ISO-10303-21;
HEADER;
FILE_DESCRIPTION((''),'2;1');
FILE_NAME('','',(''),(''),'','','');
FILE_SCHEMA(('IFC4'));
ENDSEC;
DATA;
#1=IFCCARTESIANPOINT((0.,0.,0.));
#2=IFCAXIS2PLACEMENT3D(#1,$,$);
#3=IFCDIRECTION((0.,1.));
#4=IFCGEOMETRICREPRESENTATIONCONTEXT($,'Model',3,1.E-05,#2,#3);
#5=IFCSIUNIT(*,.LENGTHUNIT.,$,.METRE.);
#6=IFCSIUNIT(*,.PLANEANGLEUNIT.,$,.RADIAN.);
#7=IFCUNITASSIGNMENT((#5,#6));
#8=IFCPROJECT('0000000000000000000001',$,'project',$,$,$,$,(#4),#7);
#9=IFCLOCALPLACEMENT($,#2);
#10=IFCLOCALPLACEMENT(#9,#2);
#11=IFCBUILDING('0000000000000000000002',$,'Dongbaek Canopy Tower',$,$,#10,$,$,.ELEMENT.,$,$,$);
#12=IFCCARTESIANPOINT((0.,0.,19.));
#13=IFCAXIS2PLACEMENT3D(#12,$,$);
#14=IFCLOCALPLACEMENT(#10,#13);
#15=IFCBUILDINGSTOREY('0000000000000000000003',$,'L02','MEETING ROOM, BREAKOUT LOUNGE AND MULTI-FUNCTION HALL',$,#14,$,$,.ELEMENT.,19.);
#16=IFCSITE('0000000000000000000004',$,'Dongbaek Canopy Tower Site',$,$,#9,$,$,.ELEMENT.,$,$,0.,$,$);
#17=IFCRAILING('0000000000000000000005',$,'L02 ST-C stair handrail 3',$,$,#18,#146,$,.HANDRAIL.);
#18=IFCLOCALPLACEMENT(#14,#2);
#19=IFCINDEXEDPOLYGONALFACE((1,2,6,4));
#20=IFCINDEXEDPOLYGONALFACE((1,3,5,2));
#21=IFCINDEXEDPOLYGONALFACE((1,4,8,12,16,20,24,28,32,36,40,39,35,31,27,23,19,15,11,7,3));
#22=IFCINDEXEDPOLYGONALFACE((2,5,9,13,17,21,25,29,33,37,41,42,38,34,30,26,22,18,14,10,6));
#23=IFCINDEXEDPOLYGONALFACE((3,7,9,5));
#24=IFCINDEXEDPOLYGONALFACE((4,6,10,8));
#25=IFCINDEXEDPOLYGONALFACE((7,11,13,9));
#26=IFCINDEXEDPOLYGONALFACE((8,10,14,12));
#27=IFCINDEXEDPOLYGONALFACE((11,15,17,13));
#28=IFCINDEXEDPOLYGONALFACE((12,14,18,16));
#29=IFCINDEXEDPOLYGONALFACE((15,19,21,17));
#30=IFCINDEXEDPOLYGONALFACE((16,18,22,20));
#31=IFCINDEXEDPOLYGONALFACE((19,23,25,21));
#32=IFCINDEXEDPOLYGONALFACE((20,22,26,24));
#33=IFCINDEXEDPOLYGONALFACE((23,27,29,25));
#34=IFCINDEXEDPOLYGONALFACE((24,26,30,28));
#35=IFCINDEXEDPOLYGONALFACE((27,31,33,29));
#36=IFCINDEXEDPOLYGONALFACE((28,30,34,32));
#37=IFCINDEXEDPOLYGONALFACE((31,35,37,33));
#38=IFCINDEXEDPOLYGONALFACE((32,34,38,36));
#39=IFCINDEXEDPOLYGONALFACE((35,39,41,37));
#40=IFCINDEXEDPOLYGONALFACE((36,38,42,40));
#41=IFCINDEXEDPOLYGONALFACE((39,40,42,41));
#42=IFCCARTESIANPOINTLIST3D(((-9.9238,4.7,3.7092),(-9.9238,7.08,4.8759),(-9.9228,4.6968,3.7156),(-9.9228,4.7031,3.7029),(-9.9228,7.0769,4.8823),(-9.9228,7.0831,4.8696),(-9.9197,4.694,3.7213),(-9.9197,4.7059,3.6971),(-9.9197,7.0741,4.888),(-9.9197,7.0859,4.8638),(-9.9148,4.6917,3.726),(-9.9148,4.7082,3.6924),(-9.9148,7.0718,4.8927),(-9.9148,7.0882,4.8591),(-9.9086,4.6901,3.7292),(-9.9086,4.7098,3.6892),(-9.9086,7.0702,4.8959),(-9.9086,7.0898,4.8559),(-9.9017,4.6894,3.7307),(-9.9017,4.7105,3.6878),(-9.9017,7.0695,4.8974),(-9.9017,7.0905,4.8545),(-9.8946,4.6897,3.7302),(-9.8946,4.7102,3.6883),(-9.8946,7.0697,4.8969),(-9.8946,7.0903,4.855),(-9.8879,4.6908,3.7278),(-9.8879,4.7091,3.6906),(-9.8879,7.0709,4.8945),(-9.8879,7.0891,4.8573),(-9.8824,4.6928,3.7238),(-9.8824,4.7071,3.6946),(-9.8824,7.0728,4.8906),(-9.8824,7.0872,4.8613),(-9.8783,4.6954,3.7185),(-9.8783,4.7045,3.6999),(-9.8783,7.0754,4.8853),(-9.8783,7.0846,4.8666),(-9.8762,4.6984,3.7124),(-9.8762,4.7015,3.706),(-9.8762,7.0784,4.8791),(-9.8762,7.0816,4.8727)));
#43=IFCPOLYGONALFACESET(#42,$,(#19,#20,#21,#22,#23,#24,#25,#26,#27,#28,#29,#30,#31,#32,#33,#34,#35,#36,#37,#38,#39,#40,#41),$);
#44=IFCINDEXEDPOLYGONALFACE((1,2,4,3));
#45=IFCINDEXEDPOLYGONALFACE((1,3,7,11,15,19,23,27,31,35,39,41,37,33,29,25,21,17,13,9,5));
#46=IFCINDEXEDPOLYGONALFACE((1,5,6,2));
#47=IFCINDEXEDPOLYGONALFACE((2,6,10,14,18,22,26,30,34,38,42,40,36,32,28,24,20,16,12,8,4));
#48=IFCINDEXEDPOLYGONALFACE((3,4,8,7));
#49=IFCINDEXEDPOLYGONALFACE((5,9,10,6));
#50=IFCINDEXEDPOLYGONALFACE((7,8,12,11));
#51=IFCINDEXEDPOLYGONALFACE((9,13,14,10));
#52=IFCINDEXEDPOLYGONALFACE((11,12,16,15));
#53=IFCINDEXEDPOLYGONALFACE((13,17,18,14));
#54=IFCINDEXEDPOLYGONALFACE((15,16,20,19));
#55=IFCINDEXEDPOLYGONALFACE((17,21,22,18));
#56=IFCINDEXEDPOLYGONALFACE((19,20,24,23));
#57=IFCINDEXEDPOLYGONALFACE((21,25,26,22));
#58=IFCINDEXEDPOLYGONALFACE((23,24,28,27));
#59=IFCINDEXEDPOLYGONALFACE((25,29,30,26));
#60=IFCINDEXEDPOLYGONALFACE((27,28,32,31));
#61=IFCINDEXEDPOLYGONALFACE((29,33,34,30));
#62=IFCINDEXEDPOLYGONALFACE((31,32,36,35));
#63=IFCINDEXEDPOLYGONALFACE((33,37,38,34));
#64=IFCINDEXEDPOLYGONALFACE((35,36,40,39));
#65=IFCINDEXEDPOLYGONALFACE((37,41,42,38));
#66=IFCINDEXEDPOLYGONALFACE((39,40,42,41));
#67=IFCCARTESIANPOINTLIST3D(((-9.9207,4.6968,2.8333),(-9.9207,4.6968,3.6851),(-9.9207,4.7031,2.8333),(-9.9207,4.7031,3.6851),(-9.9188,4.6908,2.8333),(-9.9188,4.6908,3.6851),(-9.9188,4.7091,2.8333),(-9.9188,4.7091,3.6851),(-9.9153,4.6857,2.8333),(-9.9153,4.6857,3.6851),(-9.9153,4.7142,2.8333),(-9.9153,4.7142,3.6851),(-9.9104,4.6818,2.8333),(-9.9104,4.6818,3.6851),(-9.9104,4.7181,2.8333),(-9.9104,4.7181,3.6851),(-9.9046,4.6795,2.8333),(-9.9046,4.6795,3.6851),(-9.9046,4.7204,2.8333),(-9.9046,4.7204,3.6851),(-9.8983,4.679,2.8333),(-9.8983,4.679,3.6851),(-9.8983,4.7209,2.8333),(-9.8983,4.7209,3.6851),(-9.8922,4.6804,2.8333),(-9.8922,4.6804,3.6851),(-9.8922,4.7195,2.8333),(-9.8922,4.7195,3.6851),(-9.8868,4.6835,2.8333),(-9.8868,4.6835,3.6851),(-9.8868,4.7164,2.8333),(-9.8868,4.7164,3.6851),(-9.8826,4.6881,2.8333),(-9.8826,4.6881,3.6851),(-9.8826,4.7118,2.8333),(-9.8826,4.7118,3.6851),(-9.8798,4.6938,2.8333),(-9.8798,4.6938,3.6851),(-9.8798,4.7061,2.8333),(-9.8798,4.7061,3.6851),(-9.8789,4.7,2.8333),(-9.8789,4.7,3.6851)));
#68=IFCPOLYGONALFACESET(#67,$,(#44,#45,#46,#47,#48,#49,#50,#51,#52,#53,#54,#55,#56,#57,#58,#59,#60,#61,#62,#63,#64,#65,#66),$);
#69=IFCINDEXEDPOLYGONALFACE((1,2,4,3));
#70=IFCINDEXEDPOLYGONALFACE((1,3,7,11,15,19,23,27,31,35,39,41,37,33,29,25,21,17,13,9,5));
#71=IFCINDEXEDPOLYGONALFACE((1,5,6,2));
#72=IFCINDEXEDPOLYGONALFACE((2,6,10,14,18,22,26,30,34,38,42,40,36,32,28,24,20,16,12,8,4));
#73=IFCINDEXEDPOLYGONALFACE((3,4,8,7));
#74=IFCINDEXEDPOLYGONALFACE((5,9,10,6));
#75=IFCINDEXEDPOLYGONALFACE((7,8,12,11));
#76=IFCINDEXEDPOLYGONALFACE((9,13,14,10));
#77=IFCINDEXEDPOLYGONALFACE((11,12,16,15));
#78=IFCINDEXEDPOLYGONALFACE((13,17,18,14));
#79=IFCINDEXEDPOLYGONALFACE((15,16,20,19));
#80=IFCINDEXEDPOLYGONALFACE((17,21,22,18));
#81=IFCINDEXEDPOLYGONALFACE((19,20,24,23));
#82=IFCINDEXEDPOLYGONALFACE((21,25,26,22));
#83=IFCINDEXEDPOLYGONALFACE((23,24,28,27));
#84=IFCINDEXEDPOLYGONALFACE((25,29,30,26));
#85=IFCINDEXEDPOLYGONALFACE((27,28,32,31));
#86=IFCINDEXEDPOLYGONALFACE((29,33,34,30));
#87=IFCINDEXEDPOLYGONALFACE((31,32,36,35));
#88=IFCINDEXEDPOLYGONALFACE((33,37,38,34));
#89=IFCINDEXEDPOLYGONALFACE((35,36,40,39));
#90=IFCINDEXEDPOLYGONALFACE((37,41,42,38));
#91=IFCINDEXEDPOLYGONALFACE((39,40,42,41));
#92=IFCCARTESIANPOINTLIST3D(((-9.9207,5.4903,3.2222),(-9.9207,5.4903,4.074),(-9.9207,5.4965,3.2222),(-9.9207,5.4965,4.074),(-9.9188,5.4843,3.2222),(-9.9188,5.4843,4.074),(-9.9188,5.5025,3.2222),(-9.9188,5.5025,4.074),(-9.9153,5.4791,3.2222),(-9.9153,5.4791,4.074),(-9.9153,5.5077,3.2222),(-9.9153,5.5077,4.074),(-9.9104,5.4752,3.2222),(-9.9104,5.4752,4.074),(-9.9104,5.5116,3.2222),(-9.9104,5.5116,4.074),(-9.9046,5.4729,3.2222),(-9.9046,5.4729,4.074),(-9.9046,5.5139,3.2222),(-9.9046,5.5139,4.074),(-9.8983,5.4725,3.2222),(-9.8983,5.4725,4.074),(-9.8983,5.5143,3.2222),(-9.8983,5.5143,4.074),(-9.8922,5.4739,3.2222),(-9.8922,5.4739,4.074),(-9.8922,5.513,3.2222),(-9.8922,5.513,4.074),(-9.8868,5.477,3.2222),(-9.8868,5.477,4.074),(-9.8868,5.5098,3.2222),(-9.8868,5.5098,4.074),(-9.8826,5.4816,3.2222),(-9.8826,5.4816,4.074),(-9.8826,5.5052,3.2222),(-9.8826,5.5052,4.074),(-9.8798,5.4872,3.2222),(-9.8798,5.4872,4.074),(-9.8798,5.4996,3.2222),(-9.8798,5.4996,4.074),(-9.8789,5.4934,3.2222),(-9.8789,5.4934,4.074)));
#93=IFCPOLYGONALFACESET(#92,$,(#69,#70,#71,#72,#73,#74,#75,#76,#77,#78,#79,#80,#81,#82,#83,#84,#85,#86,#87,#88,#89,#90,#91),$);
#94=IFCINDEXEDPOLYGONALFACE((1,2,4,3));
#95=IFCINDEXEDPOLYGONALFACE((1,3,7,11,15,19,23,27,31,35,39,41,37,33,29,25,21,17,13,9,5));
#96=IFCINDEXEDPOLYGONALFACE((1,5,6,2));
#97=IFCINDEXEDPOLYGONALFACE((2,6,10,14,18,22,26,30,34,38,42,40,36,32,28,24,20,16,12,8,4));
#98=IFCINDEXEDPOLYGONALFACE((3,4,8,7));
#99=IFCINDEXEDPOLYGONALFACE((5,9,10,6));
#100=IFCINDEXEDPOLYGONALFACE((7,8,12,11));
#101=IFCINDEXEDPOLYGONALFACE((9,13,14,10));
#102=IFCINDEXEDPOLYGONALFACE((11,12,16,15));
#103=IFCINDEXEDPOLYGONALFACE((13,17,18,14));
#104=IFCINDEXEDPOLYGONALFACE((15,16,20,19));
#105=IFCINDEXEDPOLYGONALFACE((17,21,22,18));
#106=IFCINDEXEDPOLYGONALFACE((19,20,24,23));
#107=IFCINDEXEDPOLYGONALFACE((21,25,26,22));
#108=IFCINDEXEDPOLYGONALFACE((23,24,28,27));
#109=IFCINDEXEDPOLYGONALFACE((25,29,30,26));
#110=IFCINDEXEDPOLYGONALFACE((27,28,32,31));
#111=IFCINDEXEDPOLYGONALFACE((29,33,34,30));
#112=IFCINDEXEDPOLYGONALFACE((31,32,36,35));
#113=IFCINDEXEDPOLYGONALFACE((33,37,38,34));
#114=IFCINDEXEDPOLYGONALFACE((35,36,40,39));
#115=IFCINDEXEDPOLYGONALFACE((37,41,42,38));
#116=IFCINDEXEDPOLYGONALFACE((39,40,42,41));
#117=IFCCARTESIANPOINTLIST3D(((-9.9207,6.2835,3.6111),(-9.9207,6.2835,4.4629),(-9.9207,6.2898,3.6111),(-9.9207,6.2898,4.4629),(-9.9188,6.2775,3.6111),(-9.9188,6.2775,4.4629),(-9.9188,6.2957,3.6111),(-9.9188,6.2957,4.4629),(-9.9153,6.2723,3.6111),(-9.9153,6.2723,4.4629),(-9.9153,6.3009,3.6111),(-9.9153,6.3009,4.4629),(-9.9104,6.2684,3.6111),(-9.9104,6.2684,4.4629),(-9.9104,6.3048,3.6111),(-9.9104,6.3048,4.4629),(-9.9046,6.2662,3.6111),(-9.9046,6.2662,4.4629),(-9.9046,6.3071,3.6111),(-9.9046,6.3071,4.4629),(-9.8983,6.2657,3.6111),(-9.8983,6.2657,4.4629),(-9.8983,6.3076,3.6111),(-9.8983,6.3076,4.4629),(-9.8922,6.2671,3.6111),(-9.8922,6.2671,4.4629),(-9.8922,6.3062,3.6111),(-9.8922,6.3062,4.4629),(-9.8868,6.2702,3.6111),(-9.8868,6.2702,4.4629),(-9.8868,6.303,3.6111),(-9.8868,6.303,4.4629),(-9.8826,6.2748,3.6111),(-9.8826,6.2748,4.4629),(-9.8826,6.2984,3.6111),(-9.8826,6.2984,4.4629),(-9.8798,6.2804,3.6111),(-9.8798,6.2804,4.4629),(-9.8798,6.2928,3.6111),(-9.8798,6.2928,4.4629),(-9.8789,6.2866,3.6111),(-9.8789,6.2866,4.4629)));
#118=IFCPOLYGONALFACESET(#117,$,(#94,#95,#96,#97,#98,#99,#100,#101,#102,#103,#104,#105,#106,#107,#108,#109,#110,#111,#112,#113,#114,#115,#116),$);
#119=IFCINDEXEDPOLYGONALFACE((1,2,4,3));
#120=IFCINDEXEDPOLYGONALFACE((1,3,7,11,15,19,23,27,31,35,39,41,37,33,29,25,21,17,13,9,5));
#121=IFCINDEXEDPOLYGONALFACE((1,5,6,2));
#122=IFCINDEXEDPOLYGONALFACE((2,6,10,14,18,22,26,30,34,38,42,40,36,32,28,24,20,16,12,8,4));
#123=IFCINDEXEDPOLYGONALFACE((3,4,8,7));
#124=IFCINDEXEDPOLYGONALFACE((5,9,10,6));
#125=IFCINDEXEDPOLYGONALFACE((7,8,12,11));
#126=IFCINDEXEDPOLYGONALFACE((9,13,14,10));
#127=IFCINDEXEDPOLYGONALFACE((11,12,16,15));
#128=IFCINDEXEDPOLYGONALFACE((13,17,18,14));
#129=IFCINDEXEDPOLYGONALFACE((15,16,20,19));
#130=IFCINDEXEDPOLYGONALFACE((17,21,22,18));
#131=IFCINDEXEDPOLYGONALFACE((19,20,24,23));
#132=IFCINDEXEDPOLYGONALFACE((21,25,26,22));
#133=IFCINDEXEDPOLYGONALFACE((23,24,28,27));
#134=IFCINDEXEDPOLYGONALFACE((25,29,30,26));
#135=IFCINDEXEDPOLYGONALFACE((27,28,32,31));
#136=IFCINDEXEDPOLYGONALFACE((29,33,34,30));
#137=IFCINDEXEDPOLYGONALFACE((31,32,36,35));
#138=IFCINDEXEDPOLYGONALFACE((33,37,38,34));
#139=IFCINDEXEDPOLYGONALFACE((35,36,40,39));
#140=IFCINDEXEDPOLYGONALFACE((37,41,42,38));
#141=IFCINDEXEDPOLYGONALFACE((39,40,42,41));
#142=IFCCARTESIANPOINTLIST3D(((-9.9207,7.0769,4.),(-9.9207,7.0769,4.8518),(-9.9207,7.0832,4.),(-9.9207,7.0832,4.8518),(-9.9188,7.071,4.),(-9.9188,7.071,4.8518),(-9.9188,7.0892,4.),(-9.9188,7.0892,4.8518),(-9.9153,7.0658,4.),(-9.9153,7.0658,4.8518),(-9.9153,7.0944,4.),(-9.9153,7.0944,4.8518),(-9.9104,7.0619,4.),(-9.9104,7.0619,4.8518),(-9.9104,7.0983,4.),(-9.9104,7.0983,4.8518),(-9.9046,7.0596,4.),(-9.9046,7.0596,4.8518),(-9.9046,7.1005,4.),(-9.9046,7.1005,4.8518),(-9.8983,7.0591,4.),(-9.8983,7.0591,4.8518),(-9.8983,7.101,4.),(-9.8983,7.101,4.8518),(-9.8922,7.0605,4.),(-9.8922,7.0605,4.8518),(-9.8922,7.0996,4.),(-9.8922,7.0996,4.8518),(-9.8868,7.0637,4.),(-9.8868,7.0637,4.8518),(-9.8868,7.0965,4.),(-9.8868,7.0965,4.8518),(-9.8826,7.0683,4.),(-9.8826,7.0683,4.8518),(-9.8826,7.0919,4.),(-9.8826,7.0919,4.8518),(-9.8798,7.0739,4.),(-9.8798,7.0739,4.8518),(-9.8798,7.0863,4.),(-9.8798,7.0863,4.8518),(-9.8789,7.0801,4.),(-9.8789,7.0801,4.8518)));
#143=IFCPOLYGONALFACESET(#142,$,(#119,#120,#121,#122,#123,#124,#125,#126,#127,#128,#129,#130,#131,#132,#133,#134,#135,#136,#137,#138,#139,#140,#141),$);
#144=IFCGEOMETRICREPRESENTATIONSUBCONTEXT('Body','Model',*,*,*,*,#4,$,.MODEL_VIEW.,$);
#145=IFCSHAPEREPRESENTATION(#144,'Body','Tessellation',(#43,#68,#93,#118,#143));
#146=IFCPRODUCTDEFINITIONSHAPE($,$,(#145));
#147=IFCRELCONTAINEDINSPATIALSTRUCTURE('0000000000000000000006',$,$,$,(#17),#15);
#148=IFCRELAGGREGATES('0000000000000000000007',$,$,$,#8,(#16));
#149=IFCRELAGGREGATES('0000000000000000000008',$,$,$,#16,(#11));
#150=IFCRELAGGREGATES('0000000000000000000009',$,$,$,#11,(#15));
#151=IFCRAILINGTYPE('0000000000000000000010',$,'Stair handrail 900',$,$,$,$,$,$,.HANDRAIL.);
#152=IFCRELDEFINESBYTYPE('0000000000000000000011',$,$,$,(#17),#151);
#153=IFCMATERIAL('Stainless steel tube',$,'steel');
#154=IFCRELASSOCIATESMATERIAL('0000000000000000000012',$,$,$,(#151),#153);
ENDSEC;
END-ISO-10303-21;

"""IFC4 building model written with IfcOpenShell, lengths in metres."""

from ifc_helpers import new_model, si_unit, direction, frame, origin, origin_2d, place, context, subcontext, project, spatial, circle, extrude, material, type_object, element, save


model = new_model("IFC4")

# Units and contexts
model_context = context("Model", 3, precision=1e-05, world=origin(), true_north=direction((0.0, 1.0)))
body_context = subcontext(model_context, "Body", "Model", "MODEL_VIEW")
ifc_project = project(units=[si_unit("LENGTHUNIT", "METRE"), si_unit("PLANEANGLEUNIT", "RADIAN")], contexts=[model_context])

# Site, building, storey
site_placement = place(None, origin())
site = spatial("IfcSite", under=ifc_project, at=site_placement, Name="Dongbaek Canopy Tower Site", CompositionType="ELEMENT", RefElevation=0.0)
building_placement = place(site_placement, origin())
building = spatial("IfcBuilding", under=site, at=building_placement, Name="Dongbaek Canopy Tower", CompositionType="ELEMENT")
storey_placement = place(building_placement, frame((0.0, 0.0, 19.0)))
storey = spatial("IfcBuildingStorey", under=building, at=storey_placement, Name="L02", Description="MEETING ROOM, BREAKOUT LOUNGE AND MULTI-FUNCTION HALL", CompositionType="ELEMENT", Elevation=19.0)

# Railing
ifc_material_1 = material(Name="Stainless steel tube", Category="steel")
railing_type_1 = type_object("IfcRailingType", Name="Stair handrail 900", PredefinedType="HANDRAIL", material=ifc_material_1)
railing_1_placement = place(storey_placement, frame((-9.8999, 4.7, 2.8333)))
element("IfcRailing", 1, at=railing_1_placement, inside=storey, type_object=railing_type_1, Name="L02 ST-C stair handrail 3", PredefinedType="HANDRAIL", context=body_context, shape_type="SweptSolid", body=[
    extrude(circle(Radius=0.0239, at=origin_2d()), frame((0.0, 0.0, 0.876), z_axis=(0.0, 0.897918, 0.440163), x_axis=(-1.0, 0.0, 0.0)), (0.0, 0.0, 1.0), 2.6506),
    extrude(circle(Radius=0.021, at=origin_2d()), origin(), (0.0, 0.0, 1.0), 0.8518),
    extrude(circle(Radius=0.021, at=origin_2d()), frame((0.0, 0.7935, 0.3889)), (0.0, 0.0, 1.0), 0.8518),
    extrude(circle(Radius=0.021, at=origin_2d()), frame((0.0, 1.5867, 0.7778)), (0.0, 0.0, 1.0), 0.8518),
    extrude(circle(Radius=0.021, at=origin_2d()), frame((0.0, 2.3801, 1.1667)), (0.0, 0.0, 1.0), 0.8518),
])

save(model, "model.ifc")
